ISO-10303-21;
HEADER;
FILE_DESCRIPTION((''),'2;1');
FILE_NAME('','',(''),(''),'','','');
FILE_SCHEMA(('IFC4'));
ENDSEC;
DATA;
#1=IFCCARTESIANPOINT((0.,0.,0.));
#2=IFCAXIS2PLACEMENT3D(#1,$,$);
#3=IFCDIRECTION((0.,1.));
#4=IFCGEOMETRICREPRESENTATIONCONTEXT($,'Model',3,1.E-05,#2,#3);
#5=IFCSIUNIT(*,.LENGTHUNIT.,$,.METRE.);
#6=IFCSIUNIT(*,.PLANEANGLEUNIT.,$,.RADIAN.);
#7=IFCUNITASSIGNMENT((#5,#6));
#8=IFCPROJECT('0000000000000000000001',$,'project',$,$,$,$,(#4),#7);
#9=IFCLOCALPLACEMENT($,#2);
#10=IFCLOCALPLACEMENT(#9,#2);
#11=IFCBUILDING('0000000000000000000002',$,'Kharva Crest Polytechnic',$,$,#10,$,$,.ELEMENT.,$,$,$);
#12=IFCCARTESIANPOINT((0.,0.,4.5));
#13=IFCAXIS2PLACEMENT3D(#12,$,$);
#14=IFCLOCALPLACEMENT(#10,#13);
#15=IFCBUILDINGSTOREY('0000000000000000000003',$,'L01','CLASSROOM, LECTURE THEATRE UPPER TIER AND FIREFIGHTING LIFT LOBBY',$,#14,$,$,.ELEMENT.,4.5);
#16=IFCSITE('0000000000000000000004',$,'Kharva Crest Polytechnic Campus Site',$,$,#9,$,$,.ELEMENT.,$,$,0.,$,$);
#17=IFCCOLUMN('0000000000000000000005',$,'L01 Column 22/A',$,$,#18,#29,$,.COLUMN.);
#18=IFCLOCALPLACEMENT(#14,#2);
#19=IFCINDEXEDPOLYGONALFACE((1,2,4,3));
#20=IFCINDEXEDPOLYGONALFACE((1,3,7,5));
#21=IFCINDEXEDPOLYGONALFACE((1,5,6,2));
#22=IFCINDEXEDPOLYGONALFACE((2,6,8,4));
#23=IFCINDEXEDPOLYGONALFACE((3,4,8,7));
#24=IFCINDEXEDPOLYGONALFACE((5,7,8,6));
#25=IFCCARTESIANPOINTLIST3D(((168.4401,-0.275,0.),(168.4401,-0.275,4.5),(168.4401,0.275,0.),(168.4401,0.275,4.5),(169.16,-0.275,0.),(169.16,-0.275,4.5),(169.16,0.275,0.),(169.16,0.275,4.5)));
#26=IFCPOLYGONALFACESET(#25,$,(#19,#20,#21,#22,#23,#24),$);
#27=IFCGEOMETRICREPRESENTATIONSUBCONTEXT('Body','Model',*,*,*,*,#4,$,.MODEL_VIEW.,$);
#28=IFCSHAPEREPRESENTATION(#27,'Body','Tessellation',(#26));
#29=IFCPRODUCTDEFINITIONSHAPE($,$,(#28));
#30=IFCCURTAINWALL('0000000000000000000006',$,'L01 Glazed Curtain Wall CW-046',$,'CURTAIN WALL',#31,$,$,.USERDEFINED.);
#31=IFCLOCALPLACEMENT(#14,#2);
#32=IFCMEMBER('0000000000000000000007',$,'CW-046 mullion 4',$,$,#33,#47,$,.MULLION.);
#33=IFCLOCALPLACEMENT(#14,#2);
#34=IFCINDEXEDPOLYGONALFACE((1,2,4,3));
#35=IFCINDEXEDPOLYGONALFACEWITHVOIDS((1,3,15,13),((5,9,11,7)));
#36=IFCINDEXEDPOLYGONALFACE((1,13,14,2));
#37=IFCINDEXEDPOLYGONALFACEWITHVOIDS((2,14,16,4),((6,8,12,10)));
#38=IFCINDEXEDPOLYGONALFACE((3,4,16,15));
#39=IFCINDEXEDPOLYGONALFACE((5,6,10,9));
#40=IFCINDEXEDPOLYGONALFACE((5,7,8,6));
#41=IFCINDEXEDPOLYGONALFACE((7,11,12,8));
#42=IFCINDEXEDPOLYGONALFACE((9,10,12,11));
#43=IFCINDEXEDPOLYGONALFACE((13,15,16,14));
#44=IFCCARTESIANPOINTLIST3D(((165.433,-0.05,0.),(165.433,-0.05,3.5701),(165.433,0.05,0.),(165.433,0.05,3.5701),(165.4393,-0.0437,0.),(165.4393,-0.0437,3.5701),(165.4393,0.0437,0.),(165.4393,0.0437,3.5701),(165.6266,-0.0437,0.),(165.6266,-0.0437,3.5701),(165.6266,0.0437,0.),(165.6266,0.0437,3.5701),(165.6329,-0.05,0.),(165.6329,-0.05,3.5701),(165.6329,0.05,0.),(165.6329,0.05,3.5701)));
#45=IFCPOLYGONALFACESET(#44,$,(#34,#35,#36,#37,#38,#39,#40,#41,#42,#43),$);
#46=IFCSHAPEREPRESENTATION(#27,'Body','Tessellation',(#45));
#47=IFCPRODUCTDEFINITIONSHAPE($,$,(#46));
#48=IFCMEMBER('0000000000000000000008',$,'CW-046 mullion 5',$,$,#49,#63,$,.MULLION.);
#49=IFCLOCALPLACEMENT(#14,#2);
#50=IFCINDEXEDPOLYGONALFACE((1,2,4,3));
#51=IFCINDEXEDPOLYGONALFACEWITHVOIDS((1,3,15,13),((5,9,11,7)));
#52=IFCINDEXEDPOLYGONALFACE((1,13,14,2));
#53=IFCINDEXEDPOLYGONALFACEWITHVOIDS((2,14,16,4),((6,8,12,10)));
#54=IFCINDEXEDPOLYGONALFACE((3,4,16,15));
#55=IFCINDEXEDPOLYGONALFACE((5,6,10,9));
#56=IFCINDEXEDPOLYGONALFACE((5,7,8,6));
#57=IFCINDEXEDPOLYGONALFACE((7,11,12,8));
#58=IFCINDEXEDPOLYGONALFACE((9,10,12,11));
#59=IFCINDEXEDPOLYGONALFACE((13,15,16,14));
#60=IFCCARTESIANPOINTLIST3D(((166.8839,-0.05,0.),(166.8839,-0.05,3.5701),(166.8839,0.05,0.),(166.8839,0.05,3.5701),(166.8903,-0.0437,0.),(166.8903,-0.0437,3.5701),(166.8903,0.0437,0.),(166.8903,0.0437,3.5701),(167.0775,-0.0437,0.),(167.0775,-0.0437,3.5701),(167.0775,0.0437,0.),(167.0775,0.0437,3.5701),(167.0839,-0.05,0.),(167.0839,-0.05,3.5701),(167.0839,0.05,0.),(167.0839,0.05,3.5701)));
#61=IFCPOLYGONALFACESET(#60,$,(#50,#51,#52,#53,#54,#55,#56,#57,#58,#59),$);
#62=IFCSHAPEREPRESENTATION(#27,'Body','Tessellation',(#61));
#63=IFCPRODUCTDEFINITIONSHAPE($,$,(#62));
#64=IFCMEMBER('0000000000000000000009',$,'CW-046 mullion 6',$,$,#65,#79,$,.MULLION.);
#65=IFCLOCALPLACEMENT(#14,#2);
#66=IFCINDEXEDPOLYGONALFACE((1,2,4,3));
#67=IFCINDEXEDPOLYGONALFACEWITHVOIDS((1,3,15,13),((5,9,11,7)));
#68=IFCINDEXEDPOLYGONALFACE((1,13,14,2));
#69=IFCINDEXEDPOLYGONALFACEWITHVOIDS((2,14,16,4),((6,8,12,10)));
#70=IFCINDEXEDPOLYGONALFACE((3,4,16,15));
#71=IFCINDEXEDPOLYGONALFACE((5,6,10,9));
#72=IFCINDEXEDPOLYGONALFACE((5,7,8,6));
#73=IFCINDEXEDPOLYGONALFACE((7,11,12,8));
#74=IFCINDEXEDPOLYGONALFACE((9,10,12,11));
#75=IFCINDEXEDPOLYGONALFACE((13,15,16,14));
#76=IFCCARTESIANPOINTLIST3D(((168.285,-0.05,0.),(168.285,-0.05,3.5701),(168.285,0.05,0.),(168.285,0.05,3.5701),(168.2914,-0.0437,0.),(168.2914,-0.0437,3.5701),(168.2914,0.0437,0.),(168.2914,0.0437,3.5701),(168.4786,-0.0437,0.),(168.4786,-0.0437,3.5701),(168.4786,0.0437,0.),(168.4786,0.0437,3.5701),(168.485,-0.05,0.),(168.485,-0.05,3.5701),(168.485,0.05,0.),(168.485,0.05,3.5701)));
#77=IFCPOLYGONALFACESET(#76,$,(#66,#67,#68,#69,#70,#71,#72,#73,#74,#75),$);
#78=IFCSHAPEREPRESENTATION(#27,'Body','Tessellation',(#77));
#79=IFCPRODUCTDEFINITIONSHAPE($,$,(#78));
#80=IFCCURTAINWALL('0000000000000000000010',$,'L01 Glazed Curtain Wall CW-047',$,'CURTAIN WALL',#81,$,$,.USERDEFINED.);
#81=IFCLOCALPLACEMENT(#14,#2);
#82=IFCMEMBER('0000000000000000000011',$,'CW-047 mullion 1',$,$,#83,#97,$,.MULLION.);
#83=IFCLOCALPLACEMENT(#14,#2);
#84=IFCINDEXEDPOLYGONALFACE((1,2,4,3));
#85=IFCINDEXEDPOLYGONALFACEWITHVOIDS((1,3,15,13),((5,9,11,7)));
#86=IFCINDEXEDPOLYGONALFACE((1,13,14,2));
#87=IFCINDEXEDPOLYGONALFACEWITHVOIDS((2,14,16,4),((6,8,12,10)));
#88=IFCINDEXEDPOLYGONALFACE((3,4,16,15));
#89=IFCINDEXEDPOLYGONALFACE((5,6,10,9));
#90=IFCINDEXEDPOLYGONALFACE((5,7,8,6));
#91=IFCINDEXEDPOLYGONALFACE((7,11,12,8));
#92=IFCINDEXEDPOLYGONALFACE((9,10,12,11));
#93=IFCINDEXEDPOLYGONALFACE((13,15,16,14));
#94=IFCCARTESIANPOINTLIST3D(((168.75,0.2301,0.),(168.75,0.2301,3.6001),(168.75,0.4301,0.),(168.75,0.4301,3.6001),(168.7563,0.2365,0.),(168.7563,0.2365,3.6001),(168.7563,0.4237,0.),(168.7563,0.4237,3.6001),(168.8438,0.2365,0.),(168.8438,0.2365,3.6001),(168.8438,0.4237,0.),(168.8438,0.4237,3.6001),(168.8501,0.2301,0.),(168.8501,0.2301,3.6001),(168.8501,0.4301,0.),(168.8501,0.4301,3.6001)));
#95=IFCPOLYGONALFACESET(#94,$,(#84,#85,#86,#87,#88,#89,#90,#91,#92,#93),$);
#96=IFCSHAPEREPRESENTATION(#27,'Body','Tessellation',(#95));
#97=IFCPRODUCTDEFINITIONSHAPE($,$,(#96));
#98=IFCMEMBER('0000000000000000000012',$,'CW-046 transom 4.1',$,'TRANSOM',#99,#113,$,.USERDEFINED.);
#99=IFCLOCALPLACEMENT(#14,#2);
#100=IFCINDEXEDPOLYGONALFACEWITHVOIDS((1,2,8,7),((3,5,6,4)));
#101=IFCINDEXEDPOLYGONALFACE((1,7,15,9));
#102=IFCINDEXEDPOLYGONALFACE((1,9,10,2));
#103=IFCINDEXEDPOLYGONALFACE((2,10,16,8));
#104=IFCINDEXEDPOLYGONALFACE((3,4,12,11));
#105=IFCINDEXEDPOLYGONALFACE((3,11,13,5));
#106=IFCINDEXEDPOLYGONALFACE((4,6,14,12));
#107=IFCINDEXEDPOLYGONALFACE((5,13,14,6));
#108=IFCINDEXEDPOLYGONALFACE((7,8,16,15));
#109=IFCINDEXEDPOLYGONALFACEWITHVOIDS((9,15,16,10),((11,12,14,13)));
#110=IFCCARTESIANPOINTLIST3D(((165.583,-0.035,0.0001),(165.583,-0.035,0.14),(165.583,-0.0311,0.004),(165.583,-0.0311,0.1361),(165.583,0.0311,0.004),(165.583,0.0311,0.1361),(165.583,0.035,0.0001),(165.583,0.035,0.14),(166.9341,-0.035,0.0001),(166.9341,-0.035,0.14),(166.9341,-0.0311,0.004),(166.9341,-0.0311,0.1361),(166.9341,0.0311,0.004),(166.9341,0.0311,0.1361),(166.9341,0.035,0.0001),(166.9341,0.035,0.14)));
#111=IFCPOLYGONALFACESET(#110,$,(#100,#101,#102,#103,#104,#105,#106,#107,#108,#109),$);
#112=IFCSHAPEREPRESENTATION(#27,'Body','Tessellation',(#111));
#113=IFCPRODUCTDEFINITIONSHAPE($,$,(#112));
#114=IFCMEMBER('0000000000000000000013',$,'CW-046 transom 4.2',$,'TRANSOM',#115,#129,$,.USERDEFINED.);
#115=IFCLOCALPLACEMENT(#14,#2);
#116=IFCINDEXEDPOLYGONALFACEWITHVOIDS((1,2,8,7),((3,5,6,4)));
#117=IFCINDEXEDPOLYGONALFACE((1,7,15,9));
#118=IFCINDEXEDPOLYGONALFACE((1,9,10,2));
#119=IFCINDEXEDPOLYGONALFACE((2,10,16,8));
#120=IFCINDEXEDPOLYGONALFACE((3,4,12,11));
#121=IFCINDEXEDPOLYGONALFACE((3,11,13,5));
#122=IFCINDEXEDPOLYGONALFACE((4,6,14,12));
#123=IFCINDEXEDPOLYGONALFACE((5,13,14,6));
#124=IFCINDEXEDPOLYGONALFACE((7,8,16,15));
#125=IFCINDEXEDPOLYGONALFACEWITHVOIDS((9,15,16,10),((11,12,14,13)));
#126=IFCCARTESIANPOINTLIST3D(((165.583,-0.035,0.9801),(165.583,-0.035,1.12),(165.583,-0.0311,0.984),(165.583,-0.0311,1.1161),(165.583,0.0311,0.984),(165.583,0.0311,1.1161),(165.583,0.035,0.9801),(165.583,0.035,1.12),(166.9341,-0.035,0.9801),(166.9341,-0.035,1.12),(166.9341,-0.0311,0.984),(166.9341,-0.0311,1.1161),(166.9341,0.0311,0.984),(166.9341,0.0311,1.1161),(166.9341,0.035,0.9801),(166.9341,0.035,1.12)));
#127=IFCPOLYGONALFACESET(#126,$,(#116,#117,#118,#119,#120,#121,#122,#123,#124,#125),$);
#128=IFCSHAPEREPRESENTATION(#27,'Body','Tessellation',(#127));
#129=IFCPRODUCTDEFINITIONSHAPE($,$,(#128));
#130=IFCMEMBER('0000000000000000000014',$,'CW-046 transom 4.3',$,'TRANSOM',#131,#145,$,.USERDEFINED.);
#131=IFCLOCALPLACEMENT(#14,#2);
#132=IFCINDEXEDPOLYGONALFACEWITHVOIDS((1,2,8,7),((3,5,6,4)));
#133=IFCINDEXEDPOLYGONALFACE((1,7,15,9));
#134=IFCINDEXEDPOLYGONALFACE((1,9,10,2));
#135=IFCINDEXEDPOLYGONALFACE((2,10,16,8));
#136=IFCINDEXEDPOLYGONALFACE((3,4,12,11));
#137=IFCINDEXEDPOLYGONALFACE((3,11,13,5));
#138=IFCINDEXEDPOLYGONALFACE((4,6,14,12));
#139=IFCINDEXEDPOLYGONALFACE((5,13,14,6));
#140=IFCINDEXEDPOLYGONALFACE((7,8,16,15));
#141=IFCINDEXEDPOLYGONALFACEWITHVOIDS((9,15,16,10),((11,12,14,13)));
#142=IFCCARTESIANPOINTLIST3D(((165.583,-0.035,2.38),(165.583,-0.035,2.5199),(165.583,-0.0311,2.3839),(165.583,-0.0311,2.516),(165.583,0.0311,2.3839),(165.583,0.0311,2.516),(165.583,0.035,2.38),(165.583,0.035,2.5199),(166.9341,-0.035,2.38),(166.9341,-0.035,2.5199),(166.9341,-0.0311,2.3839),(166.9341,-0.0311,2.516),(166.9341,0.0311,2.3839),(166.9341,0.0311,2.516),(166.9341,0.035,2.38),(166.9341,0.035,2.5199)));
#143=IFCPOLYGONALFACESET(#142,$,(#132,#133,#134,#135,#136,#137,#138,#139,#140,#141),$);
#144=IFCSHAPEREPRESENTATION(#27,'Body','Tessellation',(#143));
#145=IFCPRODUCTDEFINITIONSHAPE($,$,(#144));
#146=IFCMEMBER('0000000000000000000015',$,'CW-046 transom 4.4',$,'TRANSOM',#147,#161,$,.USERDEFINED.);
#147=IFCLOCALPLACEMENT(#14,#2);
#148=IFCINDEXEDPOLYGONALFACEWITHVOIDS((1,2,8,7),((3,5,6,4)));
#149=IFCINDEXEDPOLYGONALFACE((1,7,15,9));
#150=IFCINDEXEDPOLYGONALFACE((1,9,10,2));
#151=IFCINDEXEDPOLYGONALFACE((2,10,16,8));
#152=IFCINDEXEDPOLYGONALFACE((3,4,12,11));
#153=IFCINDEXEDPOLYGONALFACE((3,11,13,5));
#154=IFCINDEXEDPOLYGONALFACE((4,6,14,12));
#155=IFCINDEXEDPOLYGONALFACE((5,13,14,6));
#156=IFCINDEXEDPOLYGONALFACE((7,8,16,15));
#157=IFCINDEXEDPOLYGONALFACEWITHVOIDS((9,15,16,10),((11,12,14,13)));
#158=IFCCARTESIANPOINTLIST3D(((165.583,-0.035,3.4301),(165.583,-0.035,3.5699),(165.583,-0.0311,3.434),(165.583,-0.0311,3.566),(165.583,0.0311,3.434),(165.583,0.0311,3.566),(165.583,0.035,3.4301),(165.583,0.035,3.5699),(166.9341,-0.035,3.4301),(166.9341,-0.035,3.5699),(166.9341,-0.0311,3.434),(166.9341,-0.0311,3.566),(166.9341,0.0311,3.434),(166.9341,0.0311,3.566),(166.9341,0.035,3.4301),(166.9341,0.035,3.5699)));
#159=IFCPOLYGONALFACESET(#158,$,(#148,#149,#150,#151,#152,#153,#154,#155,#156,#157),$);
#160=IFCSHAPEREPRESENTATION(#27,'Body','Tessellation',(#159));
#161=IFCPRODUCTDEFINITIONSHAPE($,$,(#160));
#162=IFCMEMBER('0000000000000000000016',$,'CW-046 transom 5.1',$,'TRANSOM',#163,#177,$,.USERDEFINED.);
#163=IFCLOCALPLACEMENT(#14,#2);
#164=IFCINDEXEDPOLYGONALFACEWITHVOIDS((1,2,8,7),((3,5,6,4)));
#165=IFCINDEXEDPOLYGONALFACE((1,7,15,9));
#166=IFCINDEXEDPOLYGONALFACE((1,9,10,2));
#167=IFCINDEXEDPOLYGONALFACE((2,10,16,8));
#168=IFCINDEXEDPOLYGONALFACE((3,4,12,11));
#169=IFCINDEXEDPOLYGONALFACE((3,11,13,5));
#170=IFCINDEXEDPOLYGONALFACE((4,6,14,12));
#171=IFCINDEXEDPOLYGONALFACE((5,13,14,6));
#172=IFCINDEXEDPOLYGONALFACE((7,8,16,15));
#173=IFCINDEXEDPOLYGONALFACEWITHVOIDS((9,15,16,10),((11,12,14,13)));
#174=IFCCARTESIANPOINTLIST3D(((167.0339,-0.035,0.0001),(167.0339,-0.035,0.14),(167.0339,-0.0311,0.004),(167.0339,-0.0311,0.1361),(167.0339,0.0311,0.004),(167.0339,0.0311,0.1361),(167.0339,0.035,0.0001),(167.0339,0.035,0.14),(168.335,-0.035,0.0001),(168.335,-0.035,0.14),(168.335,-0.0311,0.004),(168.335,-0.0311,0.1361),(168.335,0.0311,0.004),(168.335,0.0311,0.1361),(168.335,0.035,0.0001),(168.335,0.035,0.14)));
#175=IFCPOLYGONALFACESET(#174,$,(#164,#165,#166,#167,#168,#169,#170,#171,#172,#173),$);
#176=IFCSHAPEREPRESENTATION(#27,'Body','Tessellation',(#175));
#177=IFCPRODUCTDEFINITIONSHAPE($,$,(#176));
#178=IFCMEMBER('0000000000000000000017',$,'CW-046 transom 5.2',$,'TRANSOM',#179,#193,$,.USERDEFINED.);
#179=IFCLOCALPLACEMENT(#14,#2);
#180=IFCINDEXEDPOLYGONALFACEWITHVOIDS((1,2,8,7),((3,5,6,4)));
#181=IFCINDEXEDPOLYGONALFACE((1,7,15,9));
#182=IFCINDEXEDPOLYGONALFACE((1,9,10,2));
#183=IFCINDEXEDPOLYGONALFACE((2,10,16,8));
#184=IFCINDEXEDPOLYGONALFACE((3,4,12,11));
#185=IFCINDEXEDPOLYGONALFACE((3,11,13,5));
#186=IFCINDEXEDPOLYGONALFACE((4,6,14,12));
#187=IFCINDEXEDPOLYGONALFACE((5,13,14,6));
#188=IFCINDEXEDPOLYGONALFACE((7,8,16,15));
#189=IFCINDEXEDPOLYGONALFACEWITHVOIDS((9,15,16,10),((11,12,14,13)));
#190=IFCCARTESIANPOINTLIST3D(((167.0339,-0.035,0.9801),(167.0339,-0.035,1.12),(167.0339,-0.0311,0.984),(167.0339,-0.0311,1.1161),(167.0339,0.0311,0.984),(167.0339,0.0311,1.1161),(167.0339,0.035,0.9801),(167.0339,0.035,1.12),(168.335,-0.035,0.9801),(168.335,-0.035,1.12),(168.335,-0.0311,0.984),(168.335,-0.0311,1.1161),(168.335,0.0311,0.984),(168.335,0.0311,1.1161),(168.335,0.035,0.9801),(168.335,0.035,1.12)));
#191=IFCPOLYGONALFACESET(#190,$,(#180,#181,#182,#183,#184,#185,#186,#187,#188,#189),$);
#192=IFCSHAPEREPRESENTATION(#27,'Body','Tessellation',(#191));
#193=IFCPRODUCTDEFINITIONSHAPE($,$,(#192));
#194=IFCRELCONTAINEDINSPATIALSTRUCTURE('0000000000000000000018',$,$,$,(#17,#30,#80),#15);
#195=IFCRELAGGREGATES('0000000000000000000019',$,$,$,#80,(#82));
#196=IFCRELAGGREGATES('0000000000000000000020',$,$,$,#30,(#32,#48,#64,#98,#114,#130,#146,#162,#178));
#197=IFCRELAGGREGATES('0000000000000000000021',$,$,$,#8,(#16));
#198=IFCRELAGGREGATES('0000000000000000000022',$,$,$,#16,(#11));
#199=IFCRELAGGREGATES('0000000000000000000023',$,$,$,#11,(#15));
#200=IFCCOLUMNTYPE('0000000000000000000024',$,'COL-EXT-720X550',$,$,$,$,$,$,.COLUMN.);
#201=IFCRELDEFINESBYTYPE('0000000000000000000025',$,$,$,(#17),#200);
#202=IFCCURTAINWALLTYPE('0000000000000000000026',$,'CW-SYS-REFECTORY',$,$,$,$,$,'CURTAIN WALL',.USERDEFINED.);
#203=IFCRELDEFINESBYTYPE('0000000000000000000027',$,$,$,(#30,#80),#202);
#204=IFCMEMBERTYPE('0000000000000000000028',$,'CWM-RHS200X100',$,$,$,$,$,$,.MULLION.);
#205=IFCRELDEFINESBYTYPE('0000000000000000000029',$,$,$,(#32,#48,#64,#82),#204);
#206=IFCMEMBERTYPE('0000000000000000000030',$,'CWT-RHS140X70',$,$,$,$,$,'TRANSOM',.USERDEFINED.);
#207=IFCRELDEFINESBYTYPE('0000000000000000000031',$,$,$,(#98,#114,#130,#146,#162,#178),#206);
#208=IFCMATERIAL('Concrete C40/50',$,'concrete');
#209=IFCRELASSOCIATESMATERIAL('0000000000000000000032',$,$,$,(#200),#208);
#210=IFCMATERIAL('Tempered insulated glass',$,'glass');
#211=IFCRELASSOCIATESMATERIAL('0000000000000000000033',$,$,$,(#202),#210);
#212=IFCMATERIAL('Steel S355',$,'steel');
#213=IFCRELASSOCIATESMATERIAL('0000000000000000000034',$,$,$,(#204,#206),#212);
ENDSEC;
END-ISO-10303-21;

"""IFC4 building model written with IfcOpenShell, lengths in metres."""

from ifc_helpers import new_model, si_unit, direction, frame, origin, origin_2d, place, context, subcontext, project, spatial, rectangle, hollow_rectangle, extrude, material, material_profile, profile_set, type_object, element, aggregate, save


model = new_model("IFC4")

# Units and contexts
model_context = context("Model", 3, precision=1e-05, world=origin(), true_north=direction((0.0, 1.0)))
body_context = subcontext(model_context, "Body", "Model", "MODEL_VIEW")
ifc_project = project(units=[si_unit("LENGTHUNIT", "METRE"), si_unit("PLANEANGLEUNIT", "RADIAN")], contexts=[model_context])

# Site, building, storey
site_placement = place(None, origin())
site = spatial("IfcSite", under=ifc_project, at=site_placement, Name="Kharva Crest Polytechnic Campus Site", CompositionType="ELEMENT", RefElevation=0.0)
building_placement = place(site_placement, origin())
building = spatial("IfcBuilding", under=site, at=building_placement, Name="Kharva Crest Polytechnic", CompositionType="ELEMENT")
storey_placement = place(building_placement, frame((0.0, 0.0, 4.5)))
storey = spatial("IfcBuildingStorey", under=building, at=storey_placement, Name="L01", Description="CLASSROOM, LECTURE THEATRE UPPER TIER AND FIREFIGHTING LIFT LOBBY", CompositionType="ELEMENT", Elevation=4.5)

# Column
ifc_material_1 = material(Name="Concrete C40/50", Category="concrete")
ifc_material_profile_1 = material_profile(ifc_material_1, rectangle(XDim=0.72, YDim=0.55, at=origin_2d()), Name="RECT 720 X 550")
ifc_profile_set_1 = profile_set([ifc_material_profile_1], Name="Concrete C40/50")
column_type = type_object("IfcColumnType", Name="COL-EXT-720X550", PredefinedType="COLUMN", material=ifc_profile_set_1)
column_placement = place(storey_placement, frame((168.8, 0.0, 0.0), z_axis=(0.0, 0.0, 1.0), x_axis=(1.0, 0.0, 0.0)))
element("IfcColumn", 1, at=column_placement, inside=storey, type_object=column_type, Name="L01 Column 22/A", PredefinedType="COLUMN", context=body_context, shape_type="SweptSolid", body=[
    extrude(rectangle(XDim=0.72, YDim=0.55, at=origin_2d()), origin(), (0.0, 0.0, 1.0), 4.5),
])

# Curtain wall, members
ifc_material_2 = material(Name="Tempered insulated glass", Category="glass")
curtain_wall_type = type_object("IfcCurtainWallType", Name="CW-SYS-REFECTORY", ElementType="CURTAIN WALL", PredefinedType="USERDEFINED", material=ifc_material_2)
curtain_wall_1_placement = place(storey_placement, origin())
curtain_wall_1 = element("IfcCurtainWall", 2, at=curtain_wall_1_placement, inside=storey, type_object=curtain_wall_type, Name="L01 Glazed Curtain Wall CW-046", ObjectType="CURTAIN WALL", PredefinedType="USERDEFINED")
ifc_material_3 = material(Name="Steel S355", Category="steel")
ifc_material_profile_2 = material_profile(ifc_material_3, hollow_rectangle(XDim=0.1001, YDim=0.2, WallThickness=0.0063, at=origin_2d()), Name="RHS 200X100X6.3")
ifc_profile_set_2 = profile_set([ifc_material_profile_2], Name="Steel S355")
member_type_1 = type_object("IfcMemberType", Name="CWM-RHS200X100", PredefinedType="MULLION", material=ifc_profile_set_2)
member_1_placement = place(storey_placement, frame((165.533, 0.0, 0.0), z_axis=(0.0, 0.0, 1.0), x_axis=(0.0, 1.0, 0.0)))
member_1 = element("IfcMember", 3, at=member_1_placement, type_object=member_type_1, Name="CW-046 mullion 4", PredefinedType="MULLION", context=body_context, shape_type="SweptSolid", body=[
    extrude(hollow_rectangle(XDim=0.1001, YDim=0.2, WallThickness=0.0063, at=origin_2d()), origin(), (0.0, 0.0, 1.0), 3.5701),
])
member_2_placement = place(storey_placement, frame((166.9839, 0.0, 0.0), z_axis=(0.0, 0.0, 1.0), x_axis=(0.0, 1.0, 0.0)))
member_2 = element("IfcMember", 4, at=member_2_placement, type_object=member_type_1, Name="CW-046 mullion 5", PredefinedType="MULLION", context=body_context, shape_type="SweptSolid", body=[
    extrude(hollow_rectangle(XDim=0.1001, YDim=0.2, WallThickness=0.0063, at=origin_2d()), origin(), (0.0, 0.0, 1.0), 3.5701),
])
member_3_placement = place(storey_placement, frame((168.385, 0.0, 0.0), z_axis=(0.0, 0.0, 1.0), x_axis=(0.0, 1.0, 0.0)))
member_3 = element("IfcMember", 5, at=member_3_placement, type_object=member_type_1, Name="CW-046 mullion 6", PredefinedType="MULLION", context=body_context, shape_type="SweptSolid", body=[
    extrude(hollow_rectangle(XDim=0.1001, YDim=0.2, WallThickness=0.0063, at=origin_2d()), origin(), (0.0, 0.0, 1.0), 3.5701),
])

# Curtain wall, member
curtain_wall_2_placement = place(storey_placement, origin())
curtain_wall_2 = element("IfcCurtainWall", 6, at=curtain_wall_2_placement, inside=storey, type_object=curtain_wall_type, Name="L01 Glazed Curtain Wall CW-047", ObjectType="CURTAIN WALL", PredefinedType="USERDEFINED")
member_4_placement = place(storey_placement, frame((168.8, 0.3301, 0.0), z_axis=(0.0, 0.0, 1.0), x_axis=(-1.0, 0.0, 0.0)))
member_4 = element("IfcMember", 7, at=member_4_placement, type_object=member_type_1, Name="CW-047 mullion 1", PredefinedType="MULLION", context=body_context, shape_type="SweptSolid", body=[
    extrude(hollow_rectangle(XDim=0.1001, YDim=0.2, WallThickness=0.0063, at=origin_2d()), origin(), (0.0, 0.0, 1.0), 3.6001),
])

# Members
ifc_material_profile_3 = material_profile(ifc_material_3, hollow_rectangle(XDim=0.0701, YDim=0.1399, WallThickness=0.0039, at=origin_2d()), Name="RHS 140X70X4.0")
ifc_profile_set_3 = profile_set([ifc_material_profile_3], Name="Steel S355")
member_type_2 = type_object("IfcMemberType", Name="CWT-RHS140X70", ElementType="TRANSOM", PredefinedType="USERDEFINED", material=ifc_profile_set_3)
member_5_placement = place(storey_placement, frame((165.583, 0.0, 0.0701), z_axis=(1.0, 0.0, 0.0), x_axis=(0.0, 1.0, 0.0)))
member_5 = element("IfcMember", 8, at=member_5_placement, type_object=member_type_2, Name="CW-046 transom 4.1", ObjectType="TRANSOM", PredefinedType="USERDEFINED", context=body_context, shape_type="SweptSolid", body=[
    extrude(hollow_rectangle(XDim=0.0701, YDim=0.1399, WallThickness=0.0039, at=origin_2d()), origin(), (0.0, 0.0, 1.0), 1.3511),
])
member_6_placement = place(storey_placement, frame((165.583, 0.0, 1.05), z_axis=(1.0, 0.0, 0.0), x_axis=(0.0, 1.0, 0.0)))
member_6 = element("IfcMember", 9, at=member_6_placement, type_object=member_type_2, Name="CW-046 transom 4.2", ObjectType="TRANSOM", PredefinedType="USERDEFINED", context=body_context, shape_type="SweptSolid", body=[
    extrude(hollow_rectangle(XDim=0.0701, YDim=0.1399, WallThickness=0.0039, at=origin_2d()), origin(), (0.0, 0.0, 1.0), 1.3511),
])
member_7_placement = place(storey_placement, frame((165.583, 0.0, 2.45), z_axis=(1.0, 0.0, 0.0), x_axis=(0.0, 1.0, 0.0)))
member_7 = element("IfcMember", 10, at=member_7_placement, type_object=member_type_2, Name="CW-046 transom 4.3", ObjectType="TRANSOM", PredefinedType="USERDEFINED", context=body_context, shape_type="SweptSolid", body=[
    extrude(hollow_rectangle(XDim=0.0701, YDim=0.1399, WallThickness=0.0039, at=origin_2d()), origin(), (0.0, 0.0, 1.0), 1.3511),
])
member_8_placement = place(storey_placement, frame((165.583, 0.0, 3.5), z_axis=(1.0, 0.0, 0.0), x_axis=(0.0, 1.0, 0.0)))
member_8 = element("IfcMember", 11, at=member_8_placement, type_object=member_type_2, Name="CW-046 transom 4.4", ObjectType="TRANSOM", PredefinedType="USERDEFINED", context=body_context, shape_type="SweptSolid", body=[
    extrude(hollow_rectangle(XDim=0.0701, YDim=0.1399, WallThickness=0.0039, at=origin_2d()), origin(), (0.0, 0.0, 1.0), 1.3511),
])
member_9_placement = place(storey_placement, frame((167.0339, 0.0, 0.0701), z_axis=(1.0, 0.0, 0.0), x_axis=(0.0, 1.0, 0.0)))
member_9 = element("IfcMember", 12, at=member_9_placement, type_object=member_type_2, Name="CW-046 transom 5.1", ObjectType="TRANSOM", PredefinedType="USERDEFINED", context=body_context, shape_type="SweptSolid", body=[
    extrude(hollow_rectangle(XDim=0.0701, YDim=0.1399, WallThickness=0.0039, at=origin_2d()), origin(), (0.0, 0.0, 1.0), 1.301),
])
member_10_placement = place(storey_placement, frame((167.0339, 0.0, 1.05), z_axis=(1.0, 0.0, 0.0), x_axis=(0.0, 1.0, 0.0)))
member_10 = element("IfcMember", 13, at=member_10_placement, type_object=member_type_2, Name="CW-046 transom 5.2", ObjectType="TRANSOM", PredefinedType="USERDEFINED", context=body_context, shape_type="SweptSolid", body=[
    extrude(hollow_rectangle(XDim=0.0701, YDim=0.1399, WallThickness=0.0039, at=origin_2d()), origin(), (0.0, 0.0, 1.0), 1.301),
])
aggregate(curtain_wall_2, [member_4])

aggregate(curtain_wall_1, [member_1, member_2, member_3, member_5, member_6, member_7, member_8, member_9, member_10])

save(model, "model.ifc")
